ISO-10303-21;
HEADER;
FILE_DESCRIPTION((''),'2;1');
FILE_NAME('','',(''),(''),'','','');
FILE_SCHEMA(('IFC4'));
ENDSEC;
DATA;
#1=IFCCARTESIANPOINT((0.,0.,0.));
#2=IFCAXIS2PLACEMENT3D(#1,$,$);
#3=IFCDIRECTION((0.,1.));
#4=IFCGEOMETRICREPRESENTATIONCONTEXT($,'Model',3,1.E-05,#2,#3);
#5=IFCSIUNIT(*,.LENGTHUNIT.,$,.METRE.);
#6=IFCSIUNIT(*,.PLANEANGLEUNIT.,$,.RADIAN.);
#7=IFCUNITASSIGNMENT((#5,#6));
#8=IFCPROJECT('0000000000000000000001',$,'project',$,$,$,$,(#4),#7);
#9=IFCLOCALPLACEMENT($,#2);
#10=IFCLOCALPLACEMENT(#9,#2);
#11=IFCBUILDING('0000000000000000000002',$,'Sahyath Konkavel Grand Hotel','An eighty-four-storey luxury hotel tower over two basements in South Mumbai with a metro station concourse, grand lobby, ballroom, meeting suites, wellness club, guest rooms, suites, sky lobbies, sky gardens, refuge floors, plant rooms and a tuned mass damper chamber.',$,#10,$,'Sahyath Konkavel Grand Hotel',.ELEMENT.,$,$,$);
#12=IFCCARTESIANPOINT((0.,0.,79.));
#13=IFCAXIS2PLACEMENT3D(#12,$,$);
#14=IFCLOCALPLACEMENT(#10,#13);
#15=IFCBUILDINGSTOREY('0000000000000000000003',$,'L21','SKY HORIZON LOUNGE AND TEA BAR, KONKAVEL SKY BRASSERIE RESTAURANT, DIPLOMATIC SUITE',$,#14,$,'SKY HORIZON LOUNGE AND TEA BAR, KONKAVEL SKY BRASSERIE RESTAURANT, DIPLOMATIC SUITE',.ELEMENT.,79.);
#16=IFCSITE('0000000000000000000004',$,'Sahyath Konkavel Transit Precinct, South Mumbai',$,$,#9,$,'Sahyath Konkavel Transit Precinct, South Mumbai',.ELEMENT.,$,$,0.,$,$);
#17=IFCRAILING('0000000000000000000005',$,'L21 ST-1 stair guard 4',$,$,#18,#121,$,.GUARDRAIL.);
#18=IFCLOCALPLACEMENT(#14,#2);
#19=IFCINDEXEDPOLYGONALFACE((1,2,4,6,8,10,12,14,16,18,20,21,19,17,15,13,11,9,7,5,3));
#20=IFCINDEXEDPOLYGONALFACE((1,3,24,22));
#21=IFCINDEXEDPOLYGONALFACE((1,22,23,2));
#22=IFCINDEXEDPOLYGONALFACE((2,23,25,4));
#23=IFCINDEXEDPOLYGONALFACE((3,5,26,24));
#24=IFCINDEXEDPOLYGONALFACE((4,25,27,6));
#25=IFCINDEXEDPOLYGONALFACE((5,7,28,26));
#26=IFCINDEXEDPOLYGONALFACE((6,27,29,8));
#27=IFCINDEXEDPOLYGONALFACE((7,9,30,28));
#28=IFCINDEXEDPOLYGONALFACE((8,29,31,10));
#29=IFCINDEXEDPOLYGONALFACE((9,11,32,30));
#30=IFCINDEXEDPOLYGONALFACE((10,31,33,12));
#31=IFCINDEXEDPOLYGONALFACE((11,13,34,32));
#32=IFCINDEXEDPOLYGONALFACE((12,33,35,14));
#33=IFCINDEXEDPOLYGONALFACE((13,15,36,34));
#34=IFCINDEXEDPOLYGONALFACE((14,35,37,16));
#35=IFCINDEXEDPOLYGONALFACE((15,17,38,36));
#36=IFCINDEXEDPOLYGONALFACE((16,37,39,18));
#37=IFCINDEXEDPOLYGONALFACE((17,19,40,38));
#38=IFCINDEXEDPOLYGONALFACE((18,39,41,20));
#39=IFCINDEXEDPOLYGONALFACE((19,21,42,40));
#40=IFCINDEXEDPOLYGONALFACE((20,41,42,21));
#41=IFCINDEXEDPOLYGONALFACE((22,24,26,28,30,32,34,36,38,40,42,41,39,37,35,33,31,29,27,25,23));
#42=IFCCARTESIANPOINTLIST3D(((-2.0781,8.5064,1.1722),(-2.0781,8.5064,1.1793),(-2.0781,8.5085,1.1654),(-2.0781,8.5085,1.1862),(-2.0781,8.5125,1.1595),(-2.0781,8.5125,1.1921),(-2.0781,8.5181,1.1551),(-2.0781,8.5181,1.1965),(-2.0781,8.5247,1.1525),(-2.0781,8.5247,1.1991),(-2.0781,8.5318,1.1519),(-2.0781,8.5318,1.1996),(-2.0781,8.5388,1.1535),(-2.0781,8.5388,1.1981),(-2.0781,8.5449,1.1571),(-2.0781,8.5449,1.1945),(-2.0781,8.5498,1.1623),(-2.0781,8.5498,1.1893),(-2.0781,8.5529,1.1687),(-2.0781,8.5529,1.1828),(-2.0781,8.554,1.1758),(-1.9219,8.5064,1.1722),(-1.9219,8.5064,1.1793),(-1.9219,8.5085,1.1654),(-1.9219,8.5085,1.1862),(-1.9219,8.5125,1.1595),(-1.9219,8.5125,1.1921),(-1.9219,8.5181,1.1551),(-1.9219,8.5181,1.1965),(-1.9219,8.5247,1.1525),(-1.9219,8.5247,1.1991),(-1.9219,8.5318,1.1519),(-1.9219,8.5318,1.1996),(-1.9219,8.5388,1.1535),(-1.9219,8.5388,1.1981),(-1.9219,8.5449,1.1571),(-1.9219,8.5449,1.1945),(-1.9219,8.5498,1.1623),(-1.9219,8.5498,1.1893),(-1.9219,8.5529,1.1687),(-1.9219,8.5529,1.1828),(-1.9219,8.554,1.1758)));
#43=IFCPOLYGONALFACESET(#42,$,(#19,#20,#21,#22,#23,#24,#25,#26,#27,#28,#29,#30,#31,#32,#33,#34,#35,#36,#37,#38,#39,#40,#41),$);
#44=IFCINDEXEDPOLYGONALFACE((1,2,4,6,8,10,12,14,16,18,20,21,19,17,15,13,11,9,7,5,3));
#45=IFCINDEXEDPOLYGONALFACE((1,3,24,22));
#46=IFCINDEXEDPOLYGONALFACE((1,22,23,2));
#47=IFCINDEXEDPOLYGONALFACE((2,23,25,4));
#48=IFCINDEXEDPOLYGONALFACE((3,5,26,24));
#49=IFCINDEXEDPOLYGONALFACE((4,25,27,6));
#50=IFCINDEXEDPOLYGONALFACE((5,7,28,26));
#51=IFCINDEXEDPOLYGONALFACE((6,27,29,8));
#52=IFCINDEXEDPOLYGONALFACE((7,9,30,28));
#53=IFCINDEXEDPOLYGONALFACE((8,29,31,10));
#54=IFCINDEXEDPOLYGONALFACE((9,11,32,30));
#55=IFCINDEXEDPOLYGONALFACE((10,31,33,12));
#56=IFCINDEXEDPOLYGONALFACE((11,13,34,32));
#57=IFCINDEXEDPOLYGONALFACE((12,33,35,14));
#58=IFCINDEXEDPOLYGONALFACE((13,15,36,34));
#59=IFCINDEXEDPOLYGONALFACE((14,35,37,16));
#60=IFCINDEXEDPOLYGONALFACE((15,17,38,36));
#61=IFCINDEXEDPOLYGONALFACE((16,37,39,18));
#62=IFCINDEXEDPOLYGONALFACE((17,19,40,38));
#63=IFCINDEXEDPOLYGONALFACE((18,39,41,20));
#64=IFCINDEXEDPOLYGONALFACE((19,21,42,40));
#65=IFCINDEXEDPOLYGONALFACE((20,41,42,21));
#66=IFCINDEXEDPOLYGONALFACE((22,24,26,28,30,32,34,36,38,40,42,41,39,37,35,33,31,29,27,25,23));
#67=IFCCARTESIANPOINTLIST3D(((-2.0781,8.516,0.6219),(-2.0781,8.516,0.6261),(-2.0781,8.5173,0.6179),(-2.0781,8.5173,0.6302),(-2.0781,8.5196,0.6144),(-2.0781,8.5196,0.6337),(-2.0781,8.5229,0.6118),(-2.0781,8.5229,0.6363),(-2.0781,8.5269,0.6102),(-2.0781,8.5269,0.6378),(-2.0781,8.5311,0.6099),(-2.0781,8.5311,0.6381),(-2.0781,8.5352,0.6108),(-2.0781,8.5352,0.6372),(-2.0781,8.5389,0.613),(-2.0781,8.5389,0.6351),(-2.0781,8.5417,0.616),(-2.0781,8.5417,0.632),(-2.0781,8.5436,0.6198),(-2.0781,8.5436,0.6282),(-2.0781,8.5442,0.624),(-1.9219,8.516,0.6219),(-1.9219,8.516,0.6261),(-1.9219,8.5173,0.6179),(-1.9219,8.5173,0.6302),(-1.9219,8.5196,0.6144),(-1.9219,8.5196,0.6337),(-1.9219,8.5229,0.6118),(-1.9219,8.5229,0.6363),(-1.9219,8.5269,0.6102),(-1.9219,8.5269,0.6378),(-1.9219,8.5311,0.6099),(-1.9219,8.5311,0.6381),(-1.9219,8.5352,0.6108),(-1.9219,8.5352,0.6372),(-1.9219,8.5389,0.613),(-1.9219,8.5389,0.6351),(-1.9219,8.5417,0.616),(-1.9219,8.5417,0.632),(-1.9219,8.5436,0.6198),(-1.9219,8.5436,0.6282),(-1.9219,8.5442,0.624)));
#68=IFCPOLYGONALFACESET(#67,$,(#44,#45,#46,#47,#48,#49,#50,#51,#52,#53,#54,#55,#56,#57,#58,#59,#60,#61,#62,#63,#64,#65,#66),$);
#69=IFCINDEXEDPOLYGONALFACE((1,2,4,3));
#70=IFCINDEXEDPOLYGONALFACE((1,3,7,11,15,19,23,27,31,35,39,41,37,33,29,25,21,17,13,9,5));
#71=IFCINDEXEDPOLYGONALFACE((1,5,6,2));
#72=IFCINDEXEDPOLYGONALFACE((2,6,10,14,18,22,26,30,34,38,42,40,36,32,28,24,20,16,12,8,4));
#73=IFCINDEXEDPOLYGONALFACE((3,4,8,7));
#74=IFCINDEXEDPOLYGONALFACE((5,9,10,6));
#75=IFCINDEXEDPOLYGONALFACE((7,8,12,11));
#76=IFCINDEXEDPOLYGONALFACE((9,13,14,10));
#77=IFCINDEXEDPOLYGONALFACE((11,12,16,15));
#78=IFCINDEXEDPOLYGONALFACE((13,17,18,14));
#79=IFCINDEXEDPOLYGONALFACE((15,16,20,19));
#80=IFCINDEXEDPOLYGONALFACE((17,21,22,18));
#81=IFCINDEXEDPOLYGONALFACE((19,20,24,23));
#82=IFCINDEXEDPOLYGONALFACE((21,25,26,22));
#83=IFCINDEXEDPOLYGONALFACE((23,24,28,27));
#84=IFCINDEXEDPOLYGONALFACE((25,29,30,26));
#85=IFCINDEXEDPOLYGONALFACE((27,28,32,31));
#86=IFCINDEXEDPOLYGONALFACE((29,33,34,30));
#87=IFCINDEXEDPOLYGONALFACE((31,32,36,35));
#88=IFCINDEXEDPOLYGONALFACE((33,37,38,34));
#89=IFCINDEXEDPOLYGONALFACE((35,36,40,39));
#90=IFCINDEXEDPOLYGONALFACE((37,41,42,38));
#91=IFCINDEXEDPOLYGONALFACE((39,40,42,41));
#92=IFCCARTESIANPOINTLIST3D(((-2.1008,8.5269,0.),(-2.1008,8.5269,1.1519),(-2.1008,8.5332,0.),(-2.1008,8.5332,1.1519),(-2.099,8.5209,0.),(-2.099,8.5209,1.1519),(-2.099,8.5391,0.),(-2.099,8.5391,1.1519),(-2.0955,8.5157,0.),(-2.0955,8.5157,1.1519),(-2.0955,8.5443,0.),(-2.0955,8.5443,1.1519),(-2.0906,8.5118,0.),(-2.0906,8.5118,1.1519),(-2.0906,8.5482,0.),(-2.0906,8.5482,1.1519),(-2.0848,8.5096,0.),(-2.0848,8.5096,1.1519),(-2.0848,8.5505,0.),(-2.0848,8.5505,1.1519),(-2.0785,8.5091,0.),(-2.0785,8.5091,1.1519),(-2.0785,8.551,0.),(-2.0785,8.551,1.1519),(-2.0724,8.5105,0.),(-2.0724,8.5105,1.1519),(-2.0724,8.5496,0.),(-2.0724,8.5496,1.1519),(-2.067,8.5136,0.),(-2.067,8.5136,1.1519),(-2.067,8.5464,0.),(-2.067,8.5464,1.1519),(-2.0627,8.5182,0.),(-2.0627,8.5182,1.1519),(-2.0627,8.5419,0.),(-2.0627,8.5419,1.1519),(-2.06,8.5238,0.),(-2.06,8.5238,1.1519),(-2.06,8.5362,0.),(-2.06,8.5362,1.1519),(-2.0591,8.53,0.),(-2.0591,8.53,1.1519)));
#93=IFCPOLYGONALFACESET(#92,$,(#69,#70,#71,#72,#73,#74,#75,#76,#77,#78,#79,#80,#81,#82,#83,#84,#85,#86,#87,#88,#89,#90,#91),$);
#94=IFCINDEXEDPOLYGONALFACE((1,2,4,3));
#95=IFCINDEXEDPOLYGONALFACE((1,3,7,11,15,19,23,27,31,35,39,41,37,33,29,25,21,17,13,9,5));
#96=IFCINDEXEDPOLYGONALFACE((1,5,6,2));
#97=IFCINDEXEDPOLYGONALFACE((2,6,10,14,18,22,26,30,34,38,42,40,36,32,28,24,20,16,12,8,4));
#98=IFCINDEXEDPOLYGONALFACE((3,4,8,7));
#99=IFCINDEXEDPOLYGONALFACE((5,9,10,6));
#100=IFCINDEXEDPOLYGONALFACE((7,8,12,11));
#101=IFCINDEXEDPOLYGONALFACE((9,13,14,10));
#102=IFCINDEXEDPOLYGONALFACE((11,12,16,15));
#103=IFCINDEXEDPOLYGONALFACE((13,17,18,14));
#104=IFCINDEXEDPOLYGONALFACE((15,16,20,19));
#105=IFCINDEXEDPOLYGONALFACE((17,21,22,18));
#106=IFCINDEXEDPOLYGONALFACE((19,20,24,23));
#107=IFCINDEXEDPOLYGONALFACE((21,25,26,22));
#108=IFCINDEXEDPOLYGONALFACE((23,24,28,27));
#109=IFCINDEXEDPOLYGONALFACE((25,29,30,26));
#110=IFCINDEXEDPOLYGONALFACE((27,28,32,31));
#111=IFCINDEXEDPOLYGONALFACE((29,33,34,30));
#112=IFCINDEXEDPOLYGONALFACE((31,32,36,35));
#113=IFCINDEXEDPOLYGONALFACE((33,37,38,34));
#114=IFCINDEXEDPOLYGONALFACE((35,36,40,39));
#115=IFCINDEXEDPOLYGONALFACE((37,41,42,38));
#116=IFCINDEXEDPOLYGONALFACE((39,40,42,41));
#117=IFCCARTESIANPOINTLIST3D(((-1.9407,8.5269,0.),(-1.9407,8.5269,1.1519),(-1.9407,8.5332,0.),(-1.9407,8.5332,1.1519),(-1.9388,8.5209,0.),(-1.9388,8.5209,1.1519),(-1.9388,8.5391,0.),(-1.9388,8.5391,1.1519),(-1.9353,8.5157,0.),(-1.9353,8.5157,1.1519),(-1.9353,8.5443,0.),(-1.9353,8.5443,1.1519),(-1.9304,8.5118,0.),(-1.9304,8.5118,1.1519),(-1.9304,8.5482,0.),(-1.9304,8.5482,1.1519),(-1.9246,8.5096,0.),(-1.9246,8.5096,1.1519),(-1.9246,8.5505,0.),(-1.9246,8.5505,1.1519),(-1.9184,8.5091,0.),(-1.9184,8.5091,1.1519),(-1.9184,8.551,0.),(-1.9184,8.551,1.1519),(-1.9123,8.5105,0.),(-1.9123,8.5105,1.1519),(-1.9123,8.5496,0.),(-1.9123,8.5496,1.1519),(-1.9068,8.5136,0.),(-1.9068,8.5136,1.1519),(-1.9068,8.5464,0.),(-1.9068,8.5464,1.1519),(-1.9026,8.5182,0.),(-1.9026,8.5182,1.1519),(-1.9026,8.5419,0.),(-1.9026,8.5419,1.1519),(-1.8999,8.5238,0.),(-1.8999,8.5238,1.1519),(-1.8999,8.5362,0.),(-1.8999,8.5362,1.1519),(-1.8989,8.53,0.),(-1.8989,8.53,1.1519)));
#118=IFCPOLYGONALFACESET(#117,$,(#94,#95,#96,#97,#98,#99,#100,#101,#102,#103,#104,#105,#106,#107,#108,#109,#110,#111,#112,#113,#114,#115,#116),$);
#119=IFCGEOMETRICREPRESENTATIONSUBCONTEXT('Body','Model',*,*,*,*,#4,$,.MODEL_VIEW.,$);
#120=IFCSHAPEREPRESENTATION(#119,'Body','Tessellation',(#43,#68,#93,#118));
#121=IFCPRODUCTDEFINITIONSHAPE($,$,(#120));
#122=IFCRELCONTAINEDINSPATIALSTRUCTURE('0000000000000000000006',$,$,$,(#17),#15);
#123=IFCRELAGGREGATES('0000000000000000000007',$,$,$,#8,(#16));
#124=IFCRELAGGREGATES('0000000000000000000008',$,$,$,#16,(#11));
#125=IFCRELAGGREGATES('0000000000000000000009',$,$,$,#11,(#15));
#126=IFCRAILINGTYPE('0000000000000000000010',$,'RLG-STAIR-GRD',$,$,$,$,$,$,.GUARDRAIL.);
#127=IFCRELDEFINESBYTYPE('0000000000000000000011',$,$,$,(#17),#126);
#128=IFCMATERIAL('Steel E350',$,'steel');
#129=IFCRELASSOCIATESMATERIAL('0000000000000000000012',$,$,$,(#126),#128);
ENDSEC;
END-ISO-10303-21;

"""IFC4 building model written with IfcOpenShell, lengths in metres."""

from ifc_helpers import new_model, si_unit, direction, frame, origin, origin_2d, place, context, subcontext, project, spatial, circle, extrude, material, type_object, element, save


model = new_model("IFC4")

# Units and contexts
model_context = context("Model", 3, precision=1e-05, world=origin(), true_north=direction((0.0, 1.0)))
body_context = subcontext(model_context, "Body", "Model", "MODEL_VIEW")
ifc_project = project(units=[si_unit("LENGTHUNIT", "METRE"), si_unit("PLANEANGLEUNIT", "RADIAN")], contexts=[model_context])

# Site, building, storey
site_placement = place(None, origin())
site = spatial("IfcSite", under=ifc_project, at=site_placement, Name="Sahyath Konkavel Transit Precinct, South Mumbai", LongName="Sahyath Konkavel Transit Precinct, South Mumbai", CompositionType="ELEMENT", RefElevation=0.0)
building_placement = place(site_placement, origin())
building = spatial("IfcBuilding", under=site, at=building_placement, Name="Sahyath Konkavel Grand Hotel", Description="An eighty-four-storey luxury hotel tower over two basements in South Mumbai with a metro station concourse, grand lobby, ballroom, meeting suites, wellness club, guest rooms, suites, sky lobbies, sky gardens, refuge floors, plant rooms and a tuned mass damper chamber.", LongName="Sahyath Konkavel Grand Hotel", CompositionType="ELEMENT")
storey_placement = place(building_placement, frame((0.0, 0.0, 79.0)))
storey = spatial("IfcBuildingStorey", under=building, at=storey_placement, Name="L21", Description="SKY HORIZON LOUNGE AND TEA BAR, KONKAVEL SKY BRASSERIE RESTAURANT, DIPLOMATIC SUITE", LongName="SKY HORIZON LOUNGE AND TEA BAR, KONKAVEL SKY BRASSERIE RESTAURANT, DIPLOMATIC SUITE", CompositionType="ELEMENT", Elevation=79.0)

# Shared definitions
ifc_material_1 = material(Name="Steel E350", Category="steel")

# Railing
railing_type_1 = type_object("IfcRailingType", Name="RLG-STAIR-GRD", PredefinedType="GUARDRAIL", material=ifc_material_1)
railing_1_placement = place(storey_placement, frame((-2.0801, 8.53, 0.0)))
element("IfcRailing", 1, at=railing_1_placement, inside=storey, type_object=railing_type_1, Name="L21 ST-1 stair guard 4", PredefinedType="GUARDRAIL", context=body_context, shape_type="SweptSolid", body=[
    extrude(circle(Radius=0.0239, at=origin_2d()), frame((0.002, 0.0, 1.1758), z_axis=(1.0, 0.0, 0.0), x_axis=(0.0, 1.0, 0.0)), (0.0, 0.0, 1.0), 0.1562),
    extrude(circle(Radius=0.0142, at=origin_2d()), frame((0.002, 0.0, 0.624), z_axis=(1.0, 0.0, 0.0), x_axis=(0.0, 1.0, 0.0)), (0.0, 0.0, 1.0), 0.1562),
    extrude(circle(Radius=0.021, at=origin_2d()), origin(), (0.0, 0.0, 1.0), 1.1519),
    extrude(circle(Radius=0.021, at=origin_2d()), frame((0.1602, 0.0, 0.0)), (0.0, 0.0, 1.0), 1.1519),
])

save(model, "model.ifc")
